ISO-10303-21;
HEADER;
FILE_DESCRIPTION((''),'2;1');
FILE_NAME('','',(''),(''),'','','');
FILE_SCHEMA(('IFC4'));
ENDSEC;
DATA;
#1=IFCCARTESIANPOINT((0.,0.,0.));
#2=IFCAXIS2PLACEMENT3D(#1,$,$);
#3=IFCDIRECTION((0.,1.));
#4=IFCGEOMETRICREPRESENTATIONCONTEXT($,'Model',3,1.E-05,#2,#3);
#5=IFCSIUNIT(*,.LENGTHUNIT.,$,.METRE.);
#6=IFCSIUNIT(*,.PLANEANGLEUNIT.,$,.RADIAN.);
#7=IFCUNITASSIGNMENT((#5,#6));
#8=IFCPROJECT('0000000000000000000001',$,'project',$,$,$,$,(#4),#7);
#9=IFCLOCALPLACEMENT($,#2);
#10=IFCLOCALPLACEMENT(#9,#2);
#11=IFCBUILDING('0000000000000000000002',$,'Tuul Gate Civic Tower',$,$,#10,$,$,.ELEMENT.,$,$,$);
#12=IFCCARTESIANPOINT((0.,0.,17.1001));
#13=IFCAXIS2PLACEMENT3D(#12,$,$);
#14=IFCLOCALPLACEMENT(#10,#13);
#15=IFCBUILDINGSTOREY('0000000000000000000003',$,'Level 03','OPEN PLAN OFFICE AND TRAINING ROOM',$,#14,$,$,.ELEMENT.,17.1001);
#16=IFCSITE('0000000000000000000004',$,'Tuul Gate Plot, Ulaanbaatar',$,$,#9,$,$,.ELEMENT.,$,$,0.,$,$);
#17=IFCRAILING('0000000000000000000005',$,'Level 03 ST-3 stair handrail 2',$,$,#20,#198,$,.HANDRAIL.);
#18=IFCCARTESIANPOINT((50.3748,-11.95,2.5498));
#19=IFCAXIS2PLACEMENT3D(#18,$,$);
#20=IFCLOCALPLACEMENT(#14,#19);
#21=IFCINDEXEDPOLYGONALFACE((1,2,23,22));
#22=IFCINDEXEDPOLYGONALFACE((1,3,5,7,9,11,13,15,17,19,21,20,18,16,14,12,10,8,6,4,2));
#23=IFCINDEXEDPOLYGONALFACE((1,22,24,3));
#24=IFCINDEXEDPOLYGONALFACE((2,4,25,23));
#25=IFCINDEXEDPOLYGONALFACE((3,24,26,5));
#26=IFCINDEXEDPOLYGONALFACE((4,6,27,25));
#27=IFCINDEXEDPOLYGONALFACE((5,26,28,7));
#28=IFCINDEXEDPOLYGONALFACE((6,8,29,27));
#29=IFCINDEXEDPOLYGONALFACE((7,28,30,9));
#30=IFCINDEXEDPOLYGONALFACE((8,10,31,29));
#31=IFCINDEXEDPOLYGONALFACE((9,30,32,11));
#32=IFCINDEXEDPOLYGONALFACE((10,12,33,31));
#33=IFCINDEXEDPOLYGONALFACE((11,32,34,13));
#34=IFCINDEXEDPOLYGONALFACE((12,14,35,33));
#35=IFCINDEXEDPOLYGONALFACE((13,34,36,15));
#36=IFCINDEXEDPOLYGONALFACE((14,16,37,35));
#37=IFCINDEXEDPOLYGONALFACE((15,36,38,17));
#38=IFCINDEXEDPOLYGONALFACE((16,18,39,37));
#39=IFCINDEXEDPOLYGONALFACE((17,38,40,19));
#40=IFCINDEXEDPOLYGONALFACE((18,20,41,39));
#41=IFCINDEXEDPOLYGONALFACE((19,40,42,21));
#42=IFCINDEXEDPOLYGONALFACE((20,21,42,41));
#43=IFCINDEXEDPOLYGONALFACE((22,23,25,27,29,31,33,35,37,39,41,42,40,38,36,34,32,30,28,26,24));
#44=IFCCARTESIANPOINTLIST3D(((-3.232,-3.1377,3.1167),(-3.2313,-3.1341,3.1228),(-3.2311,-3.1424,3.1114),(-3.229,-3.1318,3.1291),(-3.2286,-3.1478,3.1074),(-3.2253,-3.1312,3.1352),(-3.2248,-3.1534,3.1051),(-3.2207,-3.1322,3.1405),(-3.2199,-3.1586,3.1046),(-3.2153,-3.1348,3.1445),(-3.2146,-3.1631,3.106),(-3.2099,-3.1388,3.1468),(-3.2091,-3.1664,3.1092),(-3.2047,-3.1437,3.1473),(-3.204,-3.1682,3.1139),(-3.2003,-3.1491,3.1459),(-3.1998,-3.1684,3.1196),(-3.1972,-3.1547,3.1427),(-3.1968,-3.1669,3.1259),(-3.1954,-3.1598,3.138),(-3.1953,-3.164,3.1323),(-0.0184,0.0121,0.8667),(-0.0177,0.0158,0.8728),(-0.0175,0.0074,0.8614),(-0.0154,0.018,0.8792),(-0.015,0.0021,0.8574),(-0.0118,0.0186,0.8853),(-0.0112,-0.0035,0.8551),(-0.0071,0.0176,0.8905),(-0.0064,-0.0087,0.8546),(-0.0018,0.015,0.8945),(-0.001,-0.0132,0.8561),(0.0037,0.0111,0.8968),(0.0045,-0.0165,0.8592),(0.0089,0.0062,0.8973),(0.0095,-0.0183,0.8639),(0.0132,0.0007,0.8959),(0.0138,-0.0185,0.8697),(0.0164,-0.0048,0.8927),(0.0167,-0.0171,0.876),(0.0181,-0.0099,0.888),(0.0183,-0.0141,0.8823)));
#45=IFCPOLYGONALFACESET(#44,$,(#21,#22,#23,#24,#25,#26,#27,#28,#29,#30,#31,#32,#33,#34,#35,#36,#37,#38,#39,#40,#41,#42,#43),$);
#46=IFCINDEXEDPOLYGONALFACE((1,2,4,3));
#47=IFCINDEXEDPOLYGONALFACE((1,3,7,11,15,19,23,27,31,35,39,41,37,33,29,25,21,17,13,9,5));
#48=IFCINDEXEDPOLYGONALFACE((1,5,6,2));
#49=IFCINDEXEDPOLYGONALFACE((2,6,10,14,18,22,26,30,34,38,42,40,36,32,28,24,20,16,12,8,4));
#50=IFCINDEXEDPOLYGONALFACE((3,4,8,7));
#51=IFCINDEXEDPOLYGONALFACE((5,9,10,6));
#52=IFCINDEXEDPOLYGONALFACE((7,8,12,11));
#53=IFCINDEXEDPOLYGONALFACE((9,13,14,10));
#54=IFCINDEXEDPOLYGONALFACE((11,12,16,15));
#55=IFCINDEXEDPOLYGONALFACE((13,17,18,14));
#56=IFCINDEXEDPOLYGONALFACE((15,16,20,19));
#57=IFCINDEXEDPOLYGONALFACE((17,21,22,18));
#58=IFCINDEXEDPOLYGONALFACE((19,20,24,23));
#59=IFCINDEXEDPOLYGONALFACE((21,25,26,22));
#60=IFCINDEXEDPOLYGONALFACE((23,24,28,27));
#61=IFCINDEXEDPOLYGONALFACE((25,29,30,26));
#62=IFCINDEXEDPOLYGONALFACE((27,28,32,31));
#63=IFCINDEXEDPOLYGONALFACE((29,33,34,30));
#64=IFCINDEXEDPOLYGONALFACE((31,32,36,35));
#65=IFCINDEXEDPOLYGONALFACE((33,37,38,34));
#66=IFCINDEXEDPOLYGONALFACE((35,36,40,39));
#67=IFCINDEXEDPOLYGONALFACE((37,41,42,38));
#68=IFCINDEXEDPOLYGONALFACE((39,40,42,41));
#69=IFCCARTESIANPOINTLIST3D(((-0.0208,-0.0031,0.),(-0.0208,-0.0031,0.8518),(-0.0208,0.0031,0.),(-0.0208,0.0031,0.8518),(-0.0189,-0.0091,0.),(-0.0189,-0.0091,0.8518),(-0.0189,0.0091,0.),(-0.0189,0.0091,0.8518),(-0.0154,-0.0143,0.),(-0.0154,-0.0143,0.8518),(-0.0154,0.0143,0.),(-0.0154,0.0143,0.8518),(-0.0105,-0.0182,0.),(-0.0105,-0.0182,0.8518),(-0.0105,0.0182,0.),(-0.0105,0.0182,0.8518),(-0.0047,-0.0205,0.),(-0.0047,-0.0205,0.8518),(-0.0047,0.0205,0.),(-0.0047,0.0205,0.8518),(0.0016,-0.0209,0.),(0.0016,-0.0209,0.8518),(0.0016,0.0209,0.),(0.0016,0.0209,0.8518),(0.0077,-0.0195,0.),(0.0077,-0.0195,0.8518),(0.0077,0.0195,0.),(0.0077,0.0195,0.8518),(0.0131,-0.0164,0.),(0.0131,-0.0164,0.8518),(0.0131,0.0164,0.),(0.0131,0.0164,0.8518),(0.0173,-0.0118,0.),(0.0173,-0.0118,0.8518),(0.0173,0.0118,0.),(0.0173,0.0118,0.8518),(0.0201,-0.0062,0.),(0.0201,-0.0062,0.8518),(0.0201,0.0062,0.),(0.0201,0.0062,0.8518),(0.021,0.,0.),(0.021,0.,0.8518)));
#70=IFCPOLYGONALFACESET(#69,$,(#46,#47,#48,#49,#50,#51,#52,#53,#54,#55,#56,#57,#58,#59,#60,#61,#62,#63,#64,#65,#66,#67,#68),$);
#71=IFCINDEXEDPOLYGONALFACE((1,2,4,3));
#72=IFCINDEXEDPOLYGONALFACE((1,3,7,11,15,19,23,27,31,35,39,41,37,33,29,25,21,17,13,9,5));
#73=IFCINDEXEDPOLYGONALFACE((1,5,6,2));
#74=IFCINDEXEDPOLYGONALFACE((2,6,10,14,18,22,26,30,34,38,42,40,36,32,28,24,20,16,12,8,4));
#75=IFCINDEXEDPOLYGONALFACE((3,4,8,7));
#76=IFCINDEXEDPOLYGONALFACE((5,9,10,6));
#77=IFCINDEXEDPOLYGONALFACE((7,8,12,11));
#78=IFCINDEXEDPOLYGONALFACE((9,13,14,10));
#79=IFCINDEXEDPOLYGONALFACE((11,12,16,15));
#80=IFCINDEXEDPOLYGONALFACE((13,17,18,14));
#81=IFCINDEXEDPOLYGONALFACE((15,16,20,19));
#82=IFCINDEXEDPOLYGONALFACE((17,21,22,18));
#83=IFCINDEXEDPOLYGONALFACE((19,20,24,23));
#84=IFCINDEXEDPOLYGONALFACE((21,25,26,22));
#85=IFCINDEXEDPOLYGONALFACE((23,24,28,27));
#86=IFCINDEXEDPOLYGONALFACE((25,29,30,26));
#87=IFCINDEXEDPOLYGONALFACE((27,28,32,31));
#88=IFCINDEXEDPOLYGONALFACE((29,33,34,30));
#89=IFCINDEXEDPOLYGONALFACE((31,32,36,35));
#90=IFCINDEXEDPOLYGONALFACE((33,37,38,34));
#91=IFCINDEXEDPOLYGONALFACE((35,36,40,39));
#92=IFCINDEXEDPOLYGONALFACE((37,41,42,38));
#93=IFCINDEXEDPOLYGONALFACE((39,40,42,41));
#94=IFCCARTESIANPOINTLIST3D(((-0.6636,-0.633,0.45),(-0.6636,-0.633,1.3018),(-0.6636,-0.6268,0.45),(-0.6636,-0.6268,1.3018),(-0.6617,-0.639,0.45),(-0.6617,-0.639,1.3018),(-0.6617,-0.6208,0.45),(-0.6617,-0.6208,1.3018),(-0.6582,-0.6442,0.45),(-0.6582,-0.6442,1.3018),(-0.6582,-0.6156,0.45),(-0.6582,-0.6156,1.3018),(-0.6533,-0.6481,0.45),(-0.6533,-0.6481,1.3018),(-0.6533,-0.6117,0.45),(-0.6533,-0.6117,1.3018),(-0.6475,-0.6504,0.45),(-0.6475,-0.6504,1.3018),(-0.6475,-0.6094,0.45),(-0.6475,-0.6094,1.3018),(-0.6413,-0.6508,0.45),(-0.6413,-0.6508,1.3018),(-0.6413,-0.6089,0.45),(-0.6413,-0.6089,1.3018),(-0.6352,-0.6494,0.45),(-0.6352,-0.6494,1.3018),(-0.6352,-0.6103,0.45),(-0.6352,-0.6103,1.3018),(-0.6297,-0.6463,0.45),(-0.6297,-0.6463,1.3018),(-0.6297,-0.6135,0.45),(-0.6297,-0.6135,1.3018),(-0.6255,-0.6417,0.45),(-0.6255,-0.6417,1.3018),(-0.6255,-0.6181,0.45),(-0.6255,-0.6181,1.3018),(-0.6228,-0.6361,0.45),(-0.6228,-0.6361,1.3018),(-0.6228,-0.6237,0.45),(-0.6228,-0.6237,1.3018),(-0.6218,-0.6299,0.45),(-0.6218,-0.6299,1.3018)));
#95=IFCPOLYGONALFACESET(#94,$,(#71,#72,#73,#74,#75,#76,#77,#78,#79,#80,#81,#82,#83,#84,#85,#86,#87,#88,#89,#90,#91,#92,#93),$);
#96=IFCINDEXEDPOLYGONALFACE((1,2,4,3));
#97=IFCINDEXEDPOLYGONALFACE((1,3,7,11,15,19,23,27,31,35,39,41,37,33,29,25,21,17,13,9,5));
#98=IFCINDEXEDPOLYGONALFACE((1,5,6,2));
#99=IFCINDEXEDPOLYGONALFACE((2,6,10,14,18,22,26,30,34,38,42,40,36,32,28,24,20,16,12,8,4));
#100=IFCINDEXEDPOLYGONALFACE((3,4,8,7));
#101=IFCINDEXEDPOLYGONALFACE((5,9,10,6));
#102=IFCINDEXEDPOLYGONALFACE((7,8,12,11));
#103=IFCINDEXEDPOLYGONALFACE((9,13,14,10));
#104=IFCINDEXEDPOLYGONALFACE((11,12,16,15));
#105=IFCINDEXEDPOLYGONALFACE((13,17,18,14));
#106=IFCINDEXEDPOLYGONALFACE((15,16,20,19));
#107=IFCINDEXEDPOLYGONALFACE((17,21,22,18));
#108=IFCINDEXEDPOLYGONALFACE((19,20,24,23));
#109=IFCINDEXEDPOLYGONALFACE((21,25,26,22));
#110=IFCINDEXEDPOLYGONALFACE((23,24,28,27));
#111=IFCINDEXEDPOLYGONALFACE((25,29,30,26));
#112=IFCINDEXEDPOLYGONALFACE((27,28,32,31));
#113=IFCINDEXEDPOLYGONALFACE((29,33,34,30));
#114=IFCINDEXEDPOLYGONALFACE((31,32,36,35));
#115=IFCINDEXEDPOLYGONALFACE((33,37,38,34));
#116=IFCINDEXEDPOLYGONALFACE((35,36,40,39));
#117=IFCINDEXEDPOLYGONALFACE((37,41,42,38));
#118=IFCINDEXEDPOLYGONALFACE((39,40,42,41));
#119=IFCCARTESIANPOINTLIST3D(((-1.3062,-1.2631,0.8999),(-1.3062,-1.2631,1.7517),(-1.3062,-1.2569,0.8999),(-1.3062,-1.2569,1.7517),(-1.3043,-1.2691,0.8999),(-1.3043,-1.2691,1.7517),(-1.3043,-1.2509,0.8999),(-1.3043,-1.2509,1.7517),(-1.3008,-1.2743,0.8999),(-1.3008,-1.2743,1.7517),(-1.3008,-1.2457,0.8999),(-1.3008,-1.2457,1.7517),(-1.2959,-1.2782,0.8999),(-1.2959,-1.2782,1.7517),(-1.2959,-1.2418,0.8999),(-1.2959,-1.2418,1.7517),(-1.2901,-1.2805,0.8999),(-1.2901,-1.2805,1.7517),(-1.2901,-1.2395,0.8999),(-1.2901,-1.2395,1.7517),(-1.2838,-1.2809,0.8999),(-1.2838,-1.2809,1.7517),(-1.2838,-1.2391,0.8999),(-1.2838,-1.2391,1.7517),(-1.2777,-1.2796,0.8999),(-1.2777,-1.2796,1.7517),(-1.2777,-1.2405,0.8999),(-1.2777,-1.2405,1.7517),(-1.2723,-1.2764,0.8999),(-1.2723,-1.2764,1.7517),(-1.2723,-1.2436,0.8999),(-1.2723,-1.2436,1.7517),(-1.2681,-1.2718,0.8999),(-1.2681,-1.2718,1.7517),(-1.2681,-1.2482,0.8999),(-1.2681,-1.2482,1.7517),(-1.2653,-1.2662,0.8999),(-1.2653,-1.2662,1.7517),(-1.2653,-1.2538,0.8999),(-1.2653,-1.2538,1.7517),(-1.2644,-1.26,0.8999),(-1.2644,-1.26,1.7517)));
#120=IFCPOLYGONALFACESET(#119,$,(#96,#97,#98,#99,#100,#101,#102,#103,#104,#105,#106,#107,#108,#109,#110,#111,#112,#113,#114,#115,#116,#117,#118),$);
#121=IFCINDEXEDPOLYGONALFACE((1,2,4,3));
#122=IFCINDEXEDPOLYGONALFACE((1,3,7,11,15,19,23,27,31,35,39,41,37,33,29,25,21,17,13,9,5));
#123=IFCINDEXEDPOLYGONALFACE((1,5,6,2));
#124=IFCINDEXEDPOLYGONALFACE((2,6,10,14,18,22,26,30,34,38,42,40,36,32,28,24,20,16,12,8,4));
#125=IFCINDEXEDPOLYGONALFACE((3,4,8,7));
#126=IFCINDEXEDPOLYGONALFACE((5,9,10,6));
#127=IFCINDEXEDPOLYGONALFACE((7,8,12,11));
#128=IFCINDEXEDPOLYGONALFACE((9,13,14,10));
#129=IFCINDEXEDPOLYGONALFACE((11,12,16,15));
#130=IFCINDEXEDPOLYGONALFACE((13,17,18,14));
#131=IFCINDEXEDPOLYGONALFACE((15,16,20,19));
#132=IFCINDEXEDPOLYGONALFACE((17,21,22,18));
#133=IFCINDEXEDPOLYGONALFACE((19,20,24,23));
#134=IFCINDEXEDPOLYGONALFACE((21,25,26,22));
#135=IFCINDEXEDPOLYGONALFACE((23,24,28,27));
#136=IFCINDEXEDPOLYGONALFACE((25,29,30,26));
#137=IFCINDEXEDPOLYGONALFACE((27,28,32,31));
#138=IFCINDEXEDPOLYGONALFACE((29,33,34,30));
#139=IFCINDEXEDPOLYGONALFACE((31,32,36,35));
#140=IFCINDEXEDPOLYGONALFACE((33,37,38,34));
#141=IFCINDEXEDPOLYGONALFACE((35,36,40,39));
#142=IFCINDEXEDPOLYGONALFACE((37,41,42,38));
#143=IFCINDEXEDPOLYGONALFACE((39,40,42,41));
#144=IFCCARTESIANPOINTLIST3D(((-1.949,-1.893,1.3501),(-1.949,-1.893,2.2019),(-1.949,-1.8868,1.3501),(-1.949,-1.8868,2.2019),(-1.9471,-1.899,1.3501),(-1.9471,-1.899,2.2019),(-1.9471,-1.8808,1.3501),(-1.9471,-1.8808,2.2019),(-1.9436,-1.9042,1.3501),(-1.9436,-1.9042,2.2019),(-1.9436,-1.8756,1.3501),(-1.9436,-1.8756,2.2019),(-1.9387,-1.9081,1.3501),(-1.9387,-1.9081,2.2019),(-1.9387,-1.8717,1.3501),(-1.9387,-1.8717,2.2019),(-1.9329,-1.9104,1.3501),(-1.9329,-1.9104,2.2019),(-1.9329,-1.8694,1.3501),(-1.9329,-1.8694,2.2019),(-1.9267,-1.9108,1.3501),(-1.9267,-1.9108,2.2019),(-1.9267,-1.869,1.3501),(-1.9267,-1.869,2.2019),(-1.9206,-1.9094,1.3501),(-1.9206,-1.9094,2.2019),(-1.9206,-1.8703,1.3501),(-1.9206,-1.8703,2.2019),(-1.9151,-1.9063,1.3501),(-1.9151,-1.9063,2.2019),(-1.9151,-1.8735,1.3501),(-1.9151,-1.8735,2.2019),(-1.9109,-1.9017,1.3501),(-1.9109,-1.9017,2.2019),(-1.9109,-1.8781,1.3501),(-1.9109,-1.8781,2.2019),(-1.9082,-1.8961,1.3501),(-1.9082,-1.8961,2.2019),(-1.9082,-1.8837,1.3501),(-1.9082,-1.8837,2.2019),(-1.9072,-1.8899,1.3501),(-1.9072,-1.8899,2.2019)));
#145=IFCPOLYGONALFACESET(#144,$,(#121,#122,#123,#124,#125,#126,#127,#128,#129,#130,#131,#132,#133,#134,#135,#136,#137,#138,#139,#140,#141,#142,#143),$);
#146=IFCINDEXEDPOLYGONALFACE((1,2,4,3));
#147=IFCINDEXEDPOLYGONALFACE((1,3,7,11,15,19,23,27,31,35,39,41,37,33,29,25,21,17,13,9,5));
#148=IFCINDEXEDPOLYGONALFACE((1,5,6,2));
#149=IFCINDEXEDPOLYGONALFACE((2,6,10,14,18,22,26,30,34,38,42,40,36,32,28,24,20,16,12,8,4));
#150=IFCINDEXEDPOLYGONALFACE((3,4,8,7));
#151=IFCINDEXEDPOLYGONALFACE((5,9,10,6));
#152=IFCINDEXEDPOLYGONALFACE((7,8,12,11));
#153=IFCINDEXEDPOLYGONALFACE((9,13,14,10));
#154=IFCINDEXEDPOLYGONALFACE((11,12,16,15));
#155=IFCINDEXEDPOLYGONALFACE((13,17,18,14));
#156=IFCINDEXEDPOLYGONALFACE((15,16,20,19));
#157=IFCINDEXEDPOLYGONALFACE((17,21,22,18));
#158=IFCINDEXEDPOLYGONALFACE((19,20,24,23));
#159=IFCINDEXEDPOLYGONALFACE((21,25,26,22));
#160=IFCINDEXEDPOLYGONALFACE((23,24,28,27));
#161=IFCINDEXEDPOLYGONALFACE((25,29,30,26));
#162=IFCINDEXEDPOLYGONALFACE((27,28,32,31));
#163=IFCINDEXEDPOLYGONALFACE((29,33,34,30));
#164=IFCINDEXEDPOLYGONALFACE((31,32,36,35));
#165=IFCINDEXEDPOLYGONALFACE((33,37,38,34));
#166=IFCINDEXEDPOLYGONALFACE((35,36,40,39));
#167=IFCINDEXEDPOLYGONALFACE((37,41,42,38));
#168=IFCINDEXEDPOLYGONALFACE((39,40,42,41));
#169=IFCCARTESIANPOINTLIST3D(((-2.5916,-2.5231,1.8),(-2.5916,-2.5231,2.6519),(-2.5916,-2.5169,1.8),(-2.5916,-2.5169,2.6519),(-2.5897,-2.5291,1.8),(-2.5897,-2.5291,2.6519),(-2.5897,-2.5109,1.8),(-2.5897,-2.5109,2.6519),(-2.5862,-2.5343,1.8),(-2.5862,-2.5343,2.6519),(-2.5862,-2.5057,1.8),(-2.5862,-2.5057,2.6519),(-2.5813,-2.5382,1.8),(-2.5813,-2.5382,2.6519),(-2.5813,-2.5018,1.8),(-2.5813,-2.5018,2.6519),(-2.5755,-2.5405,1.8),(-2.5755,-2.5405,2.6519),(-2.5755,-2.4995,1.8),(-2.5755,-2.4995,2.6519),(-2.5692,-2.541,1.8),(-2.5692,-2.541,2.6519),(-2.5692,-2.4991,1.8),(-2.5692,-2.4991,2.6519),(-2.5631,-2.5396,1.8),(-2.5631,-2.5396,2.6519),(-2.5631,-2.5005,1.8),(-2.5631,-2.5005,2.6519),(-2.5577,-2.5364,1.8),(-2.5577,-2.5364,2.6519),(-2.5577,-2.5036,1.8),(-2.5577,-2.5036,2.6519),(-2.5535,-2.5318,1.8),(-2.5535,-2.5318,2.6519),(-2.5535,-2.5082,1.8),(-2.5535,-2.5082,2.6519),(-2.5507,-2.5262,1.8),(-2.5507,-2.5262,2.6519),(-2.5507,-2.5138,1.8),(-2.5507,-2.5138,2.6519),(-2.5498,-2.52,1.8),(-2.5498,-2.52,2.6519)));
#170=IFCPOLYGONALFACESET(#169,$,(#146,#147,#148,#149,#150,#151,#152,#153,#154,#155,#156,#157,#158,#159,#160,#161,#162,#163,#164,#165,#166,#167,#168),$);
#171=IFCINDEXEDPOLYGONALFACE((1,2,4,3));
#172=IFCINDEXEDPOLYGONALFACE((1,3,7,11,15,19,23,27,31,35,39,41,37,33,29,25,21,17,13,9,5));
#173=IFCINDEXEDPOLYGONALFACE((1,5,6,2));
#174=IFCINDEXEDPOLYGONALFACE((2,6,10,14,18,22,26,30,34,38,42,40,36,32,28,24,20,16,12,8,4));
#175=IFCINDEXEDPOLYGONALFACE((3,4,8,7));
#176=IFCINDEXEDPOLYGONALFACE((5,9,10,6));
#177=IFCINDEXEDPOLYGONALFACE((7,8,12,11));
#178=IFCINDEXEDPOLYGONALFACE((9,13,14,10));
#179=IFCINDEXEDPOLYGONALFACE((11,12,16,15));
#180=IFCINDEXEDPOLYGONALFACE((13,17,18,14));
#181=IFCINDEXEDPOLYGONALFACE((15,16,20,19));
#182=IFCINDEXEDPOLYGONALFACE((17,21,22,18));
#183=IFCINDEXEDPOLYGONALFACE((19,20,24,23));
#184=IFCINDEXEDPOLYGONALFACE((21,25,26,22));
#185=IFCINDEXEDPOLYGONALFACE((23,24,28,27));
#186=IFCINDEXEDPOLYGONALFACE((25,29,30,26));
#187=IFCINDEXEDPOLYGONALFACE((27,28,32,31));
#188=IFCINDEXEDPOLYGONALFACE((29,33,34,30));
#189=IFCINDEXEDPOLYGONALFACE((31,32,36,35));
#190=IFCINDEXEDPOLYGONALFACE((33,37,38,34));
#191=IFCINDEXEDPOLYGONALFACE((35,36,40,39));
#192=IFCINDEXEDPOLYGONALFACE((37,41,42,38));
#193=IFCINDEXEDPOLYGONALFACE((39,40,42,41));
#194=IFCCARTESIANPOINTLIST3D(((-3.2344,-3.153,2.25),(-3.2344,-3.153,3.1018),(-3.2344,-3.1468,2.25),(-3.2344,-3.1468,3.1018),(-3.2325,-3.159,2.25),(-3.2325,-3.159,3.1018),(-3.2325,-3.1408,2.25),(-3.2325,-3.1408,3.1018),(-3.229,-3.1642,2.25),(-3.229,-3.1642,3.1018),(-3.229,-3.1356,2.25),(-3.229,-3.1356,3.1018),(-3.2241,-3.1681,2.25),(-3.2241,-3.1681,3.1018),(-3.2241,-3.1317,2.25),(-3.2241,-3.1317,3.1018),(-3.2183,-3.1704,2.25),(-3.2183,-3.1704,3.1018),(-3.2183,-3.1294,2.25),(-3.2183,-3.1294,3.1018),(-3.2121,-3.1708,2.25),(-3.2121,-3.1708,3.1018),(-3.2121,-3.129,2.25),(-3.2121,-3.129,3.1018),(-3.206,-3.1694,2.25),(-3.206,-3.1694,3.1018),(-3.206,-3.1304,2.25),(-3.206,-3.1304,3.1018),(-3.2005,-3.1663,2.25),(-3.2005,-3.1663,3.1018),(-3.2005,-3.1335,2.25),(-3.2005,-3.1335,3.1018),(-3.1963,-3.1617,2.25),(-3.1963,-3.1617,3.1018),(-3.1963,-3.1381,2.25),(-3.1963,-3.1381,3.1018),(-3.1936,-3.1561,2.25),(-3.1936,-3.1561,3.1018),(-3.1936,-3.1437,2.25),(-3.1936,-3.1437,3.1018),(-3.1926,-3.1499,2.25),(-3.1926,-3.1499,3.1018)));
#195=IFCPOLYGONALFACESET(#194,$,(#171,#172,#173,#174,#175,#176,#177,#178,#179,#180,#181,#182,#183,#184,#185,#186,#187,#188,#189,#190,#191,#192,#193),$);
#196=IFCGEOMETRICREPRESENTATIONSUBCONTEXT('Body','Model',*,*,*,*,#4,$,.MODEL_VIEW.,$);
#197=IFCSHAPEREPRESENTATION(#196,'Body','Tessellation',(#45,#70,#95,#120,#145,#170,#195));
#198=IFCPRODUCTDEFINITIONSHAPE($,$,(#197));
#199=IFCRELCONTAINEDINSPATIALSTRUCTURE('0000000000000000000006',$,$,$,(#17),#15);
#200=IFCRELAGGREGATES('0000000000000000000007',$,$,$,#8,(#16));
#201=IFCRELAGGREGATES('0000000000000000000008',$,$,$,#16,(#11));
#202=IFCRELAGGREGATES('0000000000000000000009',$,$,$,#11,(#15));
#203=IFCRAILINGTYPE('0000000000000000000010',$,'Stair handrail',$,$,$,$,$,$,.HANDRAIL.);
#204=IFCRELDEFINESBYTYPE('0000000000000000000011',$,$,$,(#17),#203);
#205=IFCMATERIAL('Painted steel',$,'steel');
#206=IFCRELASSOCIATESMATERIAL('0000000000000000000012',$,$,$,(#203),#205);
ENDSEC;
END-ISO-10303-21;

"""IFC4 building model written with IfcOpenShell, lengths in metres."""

from ifc_helpers import new_model, si_unit, direction, frame, origin, origin_2d, place, context, subcontext, project, spatial, circle, extrude, material, type_object, element, save


model = new_model("IFC4")

# Units and contexts
model_context = context("Model", 3, precision=1e-05, world=origin(), true_north=direction((0.0, 1.0)))
body_context = subcontext(model_context, "Body", "Model", "MODEL_VIEW")
ifc_project = project(units=[si_unit("LENGTHUNIT", "METRE"), si_unit("PLANEANGLEUNIT", "RADIAN")], contexts=[model_context])

# Site, building, storey
site_placement = place(None, origin())
site = spatial("IfcSite", under=ifc_project, at=site_placement, Name="Tuul Gate Plot, Ulaanbaatar", CompositionType="ELEMENT", RefElevation=0.0)
building_placement = place(site_placement, origin())
building = spatial("IfcBuilding", under=site, at=building_placement, Name="Tuul Gate Civic Tower", CompositionType="ELEMENT")
storey_placement = place(building_placement, frame((0.0, 0.0, 17.1001)))
storey = spatial("IfcBuildingStorey", under=building, at=storey_placement, Name="Level 03", Description="OPEN PLAN OFFICE AND TRAINING ROOM", CompositionType="ELEMENT", Elevation=17.1001)

# Railing
ifc_material_1 = material(Name="Painted steel", Category="steel")
railing_type = type_object("IfcRailingType", Name="Stair handrail", PredefinedType="HANDRAIL", material=ifc_material_1)
railing_1_placement = place(storey_placement, frame((50.3748, -11.95, 2.5498)))
element("IfcRailing", 1, at=railing_1_placement, inside=storey, type_object=railing_type, Name="Level 03 ST-3 stair handrail 2", PredefinedType="HANDRAIL", context=body_context, shape_type="SweptSolid", body=[
    extrude(circle(Radius=0.0239, at=origin_2d()), frame((0.0, 0.0, 0.876), z_axis=(-0.638754, -0.626089, 0.44722), x_axis=(0.699991, -0.714152, 0.0)), (0.0, 0.0, 1.0), 5.031),
    extrude(circle(Radius=0.021, at=origin_2d()), origin(), (0.0, 0.0, 1.0), 0.8518),
    extrude(circle(Radius=0.021, at=origin_2d()), frame((-0.6428, -0.6299, 0.45)), (0.0, 0.0, 1.0), 0.8518),
    extrude(circle(Radius=0.021, at=origin_2d()), frame((-1.2854, -1.26, 0.8999)), (0.0, 0.0, 1.0), 0.8518),
    extrude(circle(Radius=0.021, at=origin_2d()), frame((-1.9282, -1.8899, 1.3501)), (0.0, 0.0, 1.0), 0.8518),
    extrude(circle(Radius=0.021, at=origin_2d()), frame((-2.5708, -2.52, 1.8)), (0.0, 0.0, 1.0), 0.8518),
    extrude(circle(Radius=0.021, at=origin_2d()), frame((-3.2136, -3.1499, 2.25)), (0.0, 0.0, 1.0), 0.8518),
])

save(model, "model.ifc")
